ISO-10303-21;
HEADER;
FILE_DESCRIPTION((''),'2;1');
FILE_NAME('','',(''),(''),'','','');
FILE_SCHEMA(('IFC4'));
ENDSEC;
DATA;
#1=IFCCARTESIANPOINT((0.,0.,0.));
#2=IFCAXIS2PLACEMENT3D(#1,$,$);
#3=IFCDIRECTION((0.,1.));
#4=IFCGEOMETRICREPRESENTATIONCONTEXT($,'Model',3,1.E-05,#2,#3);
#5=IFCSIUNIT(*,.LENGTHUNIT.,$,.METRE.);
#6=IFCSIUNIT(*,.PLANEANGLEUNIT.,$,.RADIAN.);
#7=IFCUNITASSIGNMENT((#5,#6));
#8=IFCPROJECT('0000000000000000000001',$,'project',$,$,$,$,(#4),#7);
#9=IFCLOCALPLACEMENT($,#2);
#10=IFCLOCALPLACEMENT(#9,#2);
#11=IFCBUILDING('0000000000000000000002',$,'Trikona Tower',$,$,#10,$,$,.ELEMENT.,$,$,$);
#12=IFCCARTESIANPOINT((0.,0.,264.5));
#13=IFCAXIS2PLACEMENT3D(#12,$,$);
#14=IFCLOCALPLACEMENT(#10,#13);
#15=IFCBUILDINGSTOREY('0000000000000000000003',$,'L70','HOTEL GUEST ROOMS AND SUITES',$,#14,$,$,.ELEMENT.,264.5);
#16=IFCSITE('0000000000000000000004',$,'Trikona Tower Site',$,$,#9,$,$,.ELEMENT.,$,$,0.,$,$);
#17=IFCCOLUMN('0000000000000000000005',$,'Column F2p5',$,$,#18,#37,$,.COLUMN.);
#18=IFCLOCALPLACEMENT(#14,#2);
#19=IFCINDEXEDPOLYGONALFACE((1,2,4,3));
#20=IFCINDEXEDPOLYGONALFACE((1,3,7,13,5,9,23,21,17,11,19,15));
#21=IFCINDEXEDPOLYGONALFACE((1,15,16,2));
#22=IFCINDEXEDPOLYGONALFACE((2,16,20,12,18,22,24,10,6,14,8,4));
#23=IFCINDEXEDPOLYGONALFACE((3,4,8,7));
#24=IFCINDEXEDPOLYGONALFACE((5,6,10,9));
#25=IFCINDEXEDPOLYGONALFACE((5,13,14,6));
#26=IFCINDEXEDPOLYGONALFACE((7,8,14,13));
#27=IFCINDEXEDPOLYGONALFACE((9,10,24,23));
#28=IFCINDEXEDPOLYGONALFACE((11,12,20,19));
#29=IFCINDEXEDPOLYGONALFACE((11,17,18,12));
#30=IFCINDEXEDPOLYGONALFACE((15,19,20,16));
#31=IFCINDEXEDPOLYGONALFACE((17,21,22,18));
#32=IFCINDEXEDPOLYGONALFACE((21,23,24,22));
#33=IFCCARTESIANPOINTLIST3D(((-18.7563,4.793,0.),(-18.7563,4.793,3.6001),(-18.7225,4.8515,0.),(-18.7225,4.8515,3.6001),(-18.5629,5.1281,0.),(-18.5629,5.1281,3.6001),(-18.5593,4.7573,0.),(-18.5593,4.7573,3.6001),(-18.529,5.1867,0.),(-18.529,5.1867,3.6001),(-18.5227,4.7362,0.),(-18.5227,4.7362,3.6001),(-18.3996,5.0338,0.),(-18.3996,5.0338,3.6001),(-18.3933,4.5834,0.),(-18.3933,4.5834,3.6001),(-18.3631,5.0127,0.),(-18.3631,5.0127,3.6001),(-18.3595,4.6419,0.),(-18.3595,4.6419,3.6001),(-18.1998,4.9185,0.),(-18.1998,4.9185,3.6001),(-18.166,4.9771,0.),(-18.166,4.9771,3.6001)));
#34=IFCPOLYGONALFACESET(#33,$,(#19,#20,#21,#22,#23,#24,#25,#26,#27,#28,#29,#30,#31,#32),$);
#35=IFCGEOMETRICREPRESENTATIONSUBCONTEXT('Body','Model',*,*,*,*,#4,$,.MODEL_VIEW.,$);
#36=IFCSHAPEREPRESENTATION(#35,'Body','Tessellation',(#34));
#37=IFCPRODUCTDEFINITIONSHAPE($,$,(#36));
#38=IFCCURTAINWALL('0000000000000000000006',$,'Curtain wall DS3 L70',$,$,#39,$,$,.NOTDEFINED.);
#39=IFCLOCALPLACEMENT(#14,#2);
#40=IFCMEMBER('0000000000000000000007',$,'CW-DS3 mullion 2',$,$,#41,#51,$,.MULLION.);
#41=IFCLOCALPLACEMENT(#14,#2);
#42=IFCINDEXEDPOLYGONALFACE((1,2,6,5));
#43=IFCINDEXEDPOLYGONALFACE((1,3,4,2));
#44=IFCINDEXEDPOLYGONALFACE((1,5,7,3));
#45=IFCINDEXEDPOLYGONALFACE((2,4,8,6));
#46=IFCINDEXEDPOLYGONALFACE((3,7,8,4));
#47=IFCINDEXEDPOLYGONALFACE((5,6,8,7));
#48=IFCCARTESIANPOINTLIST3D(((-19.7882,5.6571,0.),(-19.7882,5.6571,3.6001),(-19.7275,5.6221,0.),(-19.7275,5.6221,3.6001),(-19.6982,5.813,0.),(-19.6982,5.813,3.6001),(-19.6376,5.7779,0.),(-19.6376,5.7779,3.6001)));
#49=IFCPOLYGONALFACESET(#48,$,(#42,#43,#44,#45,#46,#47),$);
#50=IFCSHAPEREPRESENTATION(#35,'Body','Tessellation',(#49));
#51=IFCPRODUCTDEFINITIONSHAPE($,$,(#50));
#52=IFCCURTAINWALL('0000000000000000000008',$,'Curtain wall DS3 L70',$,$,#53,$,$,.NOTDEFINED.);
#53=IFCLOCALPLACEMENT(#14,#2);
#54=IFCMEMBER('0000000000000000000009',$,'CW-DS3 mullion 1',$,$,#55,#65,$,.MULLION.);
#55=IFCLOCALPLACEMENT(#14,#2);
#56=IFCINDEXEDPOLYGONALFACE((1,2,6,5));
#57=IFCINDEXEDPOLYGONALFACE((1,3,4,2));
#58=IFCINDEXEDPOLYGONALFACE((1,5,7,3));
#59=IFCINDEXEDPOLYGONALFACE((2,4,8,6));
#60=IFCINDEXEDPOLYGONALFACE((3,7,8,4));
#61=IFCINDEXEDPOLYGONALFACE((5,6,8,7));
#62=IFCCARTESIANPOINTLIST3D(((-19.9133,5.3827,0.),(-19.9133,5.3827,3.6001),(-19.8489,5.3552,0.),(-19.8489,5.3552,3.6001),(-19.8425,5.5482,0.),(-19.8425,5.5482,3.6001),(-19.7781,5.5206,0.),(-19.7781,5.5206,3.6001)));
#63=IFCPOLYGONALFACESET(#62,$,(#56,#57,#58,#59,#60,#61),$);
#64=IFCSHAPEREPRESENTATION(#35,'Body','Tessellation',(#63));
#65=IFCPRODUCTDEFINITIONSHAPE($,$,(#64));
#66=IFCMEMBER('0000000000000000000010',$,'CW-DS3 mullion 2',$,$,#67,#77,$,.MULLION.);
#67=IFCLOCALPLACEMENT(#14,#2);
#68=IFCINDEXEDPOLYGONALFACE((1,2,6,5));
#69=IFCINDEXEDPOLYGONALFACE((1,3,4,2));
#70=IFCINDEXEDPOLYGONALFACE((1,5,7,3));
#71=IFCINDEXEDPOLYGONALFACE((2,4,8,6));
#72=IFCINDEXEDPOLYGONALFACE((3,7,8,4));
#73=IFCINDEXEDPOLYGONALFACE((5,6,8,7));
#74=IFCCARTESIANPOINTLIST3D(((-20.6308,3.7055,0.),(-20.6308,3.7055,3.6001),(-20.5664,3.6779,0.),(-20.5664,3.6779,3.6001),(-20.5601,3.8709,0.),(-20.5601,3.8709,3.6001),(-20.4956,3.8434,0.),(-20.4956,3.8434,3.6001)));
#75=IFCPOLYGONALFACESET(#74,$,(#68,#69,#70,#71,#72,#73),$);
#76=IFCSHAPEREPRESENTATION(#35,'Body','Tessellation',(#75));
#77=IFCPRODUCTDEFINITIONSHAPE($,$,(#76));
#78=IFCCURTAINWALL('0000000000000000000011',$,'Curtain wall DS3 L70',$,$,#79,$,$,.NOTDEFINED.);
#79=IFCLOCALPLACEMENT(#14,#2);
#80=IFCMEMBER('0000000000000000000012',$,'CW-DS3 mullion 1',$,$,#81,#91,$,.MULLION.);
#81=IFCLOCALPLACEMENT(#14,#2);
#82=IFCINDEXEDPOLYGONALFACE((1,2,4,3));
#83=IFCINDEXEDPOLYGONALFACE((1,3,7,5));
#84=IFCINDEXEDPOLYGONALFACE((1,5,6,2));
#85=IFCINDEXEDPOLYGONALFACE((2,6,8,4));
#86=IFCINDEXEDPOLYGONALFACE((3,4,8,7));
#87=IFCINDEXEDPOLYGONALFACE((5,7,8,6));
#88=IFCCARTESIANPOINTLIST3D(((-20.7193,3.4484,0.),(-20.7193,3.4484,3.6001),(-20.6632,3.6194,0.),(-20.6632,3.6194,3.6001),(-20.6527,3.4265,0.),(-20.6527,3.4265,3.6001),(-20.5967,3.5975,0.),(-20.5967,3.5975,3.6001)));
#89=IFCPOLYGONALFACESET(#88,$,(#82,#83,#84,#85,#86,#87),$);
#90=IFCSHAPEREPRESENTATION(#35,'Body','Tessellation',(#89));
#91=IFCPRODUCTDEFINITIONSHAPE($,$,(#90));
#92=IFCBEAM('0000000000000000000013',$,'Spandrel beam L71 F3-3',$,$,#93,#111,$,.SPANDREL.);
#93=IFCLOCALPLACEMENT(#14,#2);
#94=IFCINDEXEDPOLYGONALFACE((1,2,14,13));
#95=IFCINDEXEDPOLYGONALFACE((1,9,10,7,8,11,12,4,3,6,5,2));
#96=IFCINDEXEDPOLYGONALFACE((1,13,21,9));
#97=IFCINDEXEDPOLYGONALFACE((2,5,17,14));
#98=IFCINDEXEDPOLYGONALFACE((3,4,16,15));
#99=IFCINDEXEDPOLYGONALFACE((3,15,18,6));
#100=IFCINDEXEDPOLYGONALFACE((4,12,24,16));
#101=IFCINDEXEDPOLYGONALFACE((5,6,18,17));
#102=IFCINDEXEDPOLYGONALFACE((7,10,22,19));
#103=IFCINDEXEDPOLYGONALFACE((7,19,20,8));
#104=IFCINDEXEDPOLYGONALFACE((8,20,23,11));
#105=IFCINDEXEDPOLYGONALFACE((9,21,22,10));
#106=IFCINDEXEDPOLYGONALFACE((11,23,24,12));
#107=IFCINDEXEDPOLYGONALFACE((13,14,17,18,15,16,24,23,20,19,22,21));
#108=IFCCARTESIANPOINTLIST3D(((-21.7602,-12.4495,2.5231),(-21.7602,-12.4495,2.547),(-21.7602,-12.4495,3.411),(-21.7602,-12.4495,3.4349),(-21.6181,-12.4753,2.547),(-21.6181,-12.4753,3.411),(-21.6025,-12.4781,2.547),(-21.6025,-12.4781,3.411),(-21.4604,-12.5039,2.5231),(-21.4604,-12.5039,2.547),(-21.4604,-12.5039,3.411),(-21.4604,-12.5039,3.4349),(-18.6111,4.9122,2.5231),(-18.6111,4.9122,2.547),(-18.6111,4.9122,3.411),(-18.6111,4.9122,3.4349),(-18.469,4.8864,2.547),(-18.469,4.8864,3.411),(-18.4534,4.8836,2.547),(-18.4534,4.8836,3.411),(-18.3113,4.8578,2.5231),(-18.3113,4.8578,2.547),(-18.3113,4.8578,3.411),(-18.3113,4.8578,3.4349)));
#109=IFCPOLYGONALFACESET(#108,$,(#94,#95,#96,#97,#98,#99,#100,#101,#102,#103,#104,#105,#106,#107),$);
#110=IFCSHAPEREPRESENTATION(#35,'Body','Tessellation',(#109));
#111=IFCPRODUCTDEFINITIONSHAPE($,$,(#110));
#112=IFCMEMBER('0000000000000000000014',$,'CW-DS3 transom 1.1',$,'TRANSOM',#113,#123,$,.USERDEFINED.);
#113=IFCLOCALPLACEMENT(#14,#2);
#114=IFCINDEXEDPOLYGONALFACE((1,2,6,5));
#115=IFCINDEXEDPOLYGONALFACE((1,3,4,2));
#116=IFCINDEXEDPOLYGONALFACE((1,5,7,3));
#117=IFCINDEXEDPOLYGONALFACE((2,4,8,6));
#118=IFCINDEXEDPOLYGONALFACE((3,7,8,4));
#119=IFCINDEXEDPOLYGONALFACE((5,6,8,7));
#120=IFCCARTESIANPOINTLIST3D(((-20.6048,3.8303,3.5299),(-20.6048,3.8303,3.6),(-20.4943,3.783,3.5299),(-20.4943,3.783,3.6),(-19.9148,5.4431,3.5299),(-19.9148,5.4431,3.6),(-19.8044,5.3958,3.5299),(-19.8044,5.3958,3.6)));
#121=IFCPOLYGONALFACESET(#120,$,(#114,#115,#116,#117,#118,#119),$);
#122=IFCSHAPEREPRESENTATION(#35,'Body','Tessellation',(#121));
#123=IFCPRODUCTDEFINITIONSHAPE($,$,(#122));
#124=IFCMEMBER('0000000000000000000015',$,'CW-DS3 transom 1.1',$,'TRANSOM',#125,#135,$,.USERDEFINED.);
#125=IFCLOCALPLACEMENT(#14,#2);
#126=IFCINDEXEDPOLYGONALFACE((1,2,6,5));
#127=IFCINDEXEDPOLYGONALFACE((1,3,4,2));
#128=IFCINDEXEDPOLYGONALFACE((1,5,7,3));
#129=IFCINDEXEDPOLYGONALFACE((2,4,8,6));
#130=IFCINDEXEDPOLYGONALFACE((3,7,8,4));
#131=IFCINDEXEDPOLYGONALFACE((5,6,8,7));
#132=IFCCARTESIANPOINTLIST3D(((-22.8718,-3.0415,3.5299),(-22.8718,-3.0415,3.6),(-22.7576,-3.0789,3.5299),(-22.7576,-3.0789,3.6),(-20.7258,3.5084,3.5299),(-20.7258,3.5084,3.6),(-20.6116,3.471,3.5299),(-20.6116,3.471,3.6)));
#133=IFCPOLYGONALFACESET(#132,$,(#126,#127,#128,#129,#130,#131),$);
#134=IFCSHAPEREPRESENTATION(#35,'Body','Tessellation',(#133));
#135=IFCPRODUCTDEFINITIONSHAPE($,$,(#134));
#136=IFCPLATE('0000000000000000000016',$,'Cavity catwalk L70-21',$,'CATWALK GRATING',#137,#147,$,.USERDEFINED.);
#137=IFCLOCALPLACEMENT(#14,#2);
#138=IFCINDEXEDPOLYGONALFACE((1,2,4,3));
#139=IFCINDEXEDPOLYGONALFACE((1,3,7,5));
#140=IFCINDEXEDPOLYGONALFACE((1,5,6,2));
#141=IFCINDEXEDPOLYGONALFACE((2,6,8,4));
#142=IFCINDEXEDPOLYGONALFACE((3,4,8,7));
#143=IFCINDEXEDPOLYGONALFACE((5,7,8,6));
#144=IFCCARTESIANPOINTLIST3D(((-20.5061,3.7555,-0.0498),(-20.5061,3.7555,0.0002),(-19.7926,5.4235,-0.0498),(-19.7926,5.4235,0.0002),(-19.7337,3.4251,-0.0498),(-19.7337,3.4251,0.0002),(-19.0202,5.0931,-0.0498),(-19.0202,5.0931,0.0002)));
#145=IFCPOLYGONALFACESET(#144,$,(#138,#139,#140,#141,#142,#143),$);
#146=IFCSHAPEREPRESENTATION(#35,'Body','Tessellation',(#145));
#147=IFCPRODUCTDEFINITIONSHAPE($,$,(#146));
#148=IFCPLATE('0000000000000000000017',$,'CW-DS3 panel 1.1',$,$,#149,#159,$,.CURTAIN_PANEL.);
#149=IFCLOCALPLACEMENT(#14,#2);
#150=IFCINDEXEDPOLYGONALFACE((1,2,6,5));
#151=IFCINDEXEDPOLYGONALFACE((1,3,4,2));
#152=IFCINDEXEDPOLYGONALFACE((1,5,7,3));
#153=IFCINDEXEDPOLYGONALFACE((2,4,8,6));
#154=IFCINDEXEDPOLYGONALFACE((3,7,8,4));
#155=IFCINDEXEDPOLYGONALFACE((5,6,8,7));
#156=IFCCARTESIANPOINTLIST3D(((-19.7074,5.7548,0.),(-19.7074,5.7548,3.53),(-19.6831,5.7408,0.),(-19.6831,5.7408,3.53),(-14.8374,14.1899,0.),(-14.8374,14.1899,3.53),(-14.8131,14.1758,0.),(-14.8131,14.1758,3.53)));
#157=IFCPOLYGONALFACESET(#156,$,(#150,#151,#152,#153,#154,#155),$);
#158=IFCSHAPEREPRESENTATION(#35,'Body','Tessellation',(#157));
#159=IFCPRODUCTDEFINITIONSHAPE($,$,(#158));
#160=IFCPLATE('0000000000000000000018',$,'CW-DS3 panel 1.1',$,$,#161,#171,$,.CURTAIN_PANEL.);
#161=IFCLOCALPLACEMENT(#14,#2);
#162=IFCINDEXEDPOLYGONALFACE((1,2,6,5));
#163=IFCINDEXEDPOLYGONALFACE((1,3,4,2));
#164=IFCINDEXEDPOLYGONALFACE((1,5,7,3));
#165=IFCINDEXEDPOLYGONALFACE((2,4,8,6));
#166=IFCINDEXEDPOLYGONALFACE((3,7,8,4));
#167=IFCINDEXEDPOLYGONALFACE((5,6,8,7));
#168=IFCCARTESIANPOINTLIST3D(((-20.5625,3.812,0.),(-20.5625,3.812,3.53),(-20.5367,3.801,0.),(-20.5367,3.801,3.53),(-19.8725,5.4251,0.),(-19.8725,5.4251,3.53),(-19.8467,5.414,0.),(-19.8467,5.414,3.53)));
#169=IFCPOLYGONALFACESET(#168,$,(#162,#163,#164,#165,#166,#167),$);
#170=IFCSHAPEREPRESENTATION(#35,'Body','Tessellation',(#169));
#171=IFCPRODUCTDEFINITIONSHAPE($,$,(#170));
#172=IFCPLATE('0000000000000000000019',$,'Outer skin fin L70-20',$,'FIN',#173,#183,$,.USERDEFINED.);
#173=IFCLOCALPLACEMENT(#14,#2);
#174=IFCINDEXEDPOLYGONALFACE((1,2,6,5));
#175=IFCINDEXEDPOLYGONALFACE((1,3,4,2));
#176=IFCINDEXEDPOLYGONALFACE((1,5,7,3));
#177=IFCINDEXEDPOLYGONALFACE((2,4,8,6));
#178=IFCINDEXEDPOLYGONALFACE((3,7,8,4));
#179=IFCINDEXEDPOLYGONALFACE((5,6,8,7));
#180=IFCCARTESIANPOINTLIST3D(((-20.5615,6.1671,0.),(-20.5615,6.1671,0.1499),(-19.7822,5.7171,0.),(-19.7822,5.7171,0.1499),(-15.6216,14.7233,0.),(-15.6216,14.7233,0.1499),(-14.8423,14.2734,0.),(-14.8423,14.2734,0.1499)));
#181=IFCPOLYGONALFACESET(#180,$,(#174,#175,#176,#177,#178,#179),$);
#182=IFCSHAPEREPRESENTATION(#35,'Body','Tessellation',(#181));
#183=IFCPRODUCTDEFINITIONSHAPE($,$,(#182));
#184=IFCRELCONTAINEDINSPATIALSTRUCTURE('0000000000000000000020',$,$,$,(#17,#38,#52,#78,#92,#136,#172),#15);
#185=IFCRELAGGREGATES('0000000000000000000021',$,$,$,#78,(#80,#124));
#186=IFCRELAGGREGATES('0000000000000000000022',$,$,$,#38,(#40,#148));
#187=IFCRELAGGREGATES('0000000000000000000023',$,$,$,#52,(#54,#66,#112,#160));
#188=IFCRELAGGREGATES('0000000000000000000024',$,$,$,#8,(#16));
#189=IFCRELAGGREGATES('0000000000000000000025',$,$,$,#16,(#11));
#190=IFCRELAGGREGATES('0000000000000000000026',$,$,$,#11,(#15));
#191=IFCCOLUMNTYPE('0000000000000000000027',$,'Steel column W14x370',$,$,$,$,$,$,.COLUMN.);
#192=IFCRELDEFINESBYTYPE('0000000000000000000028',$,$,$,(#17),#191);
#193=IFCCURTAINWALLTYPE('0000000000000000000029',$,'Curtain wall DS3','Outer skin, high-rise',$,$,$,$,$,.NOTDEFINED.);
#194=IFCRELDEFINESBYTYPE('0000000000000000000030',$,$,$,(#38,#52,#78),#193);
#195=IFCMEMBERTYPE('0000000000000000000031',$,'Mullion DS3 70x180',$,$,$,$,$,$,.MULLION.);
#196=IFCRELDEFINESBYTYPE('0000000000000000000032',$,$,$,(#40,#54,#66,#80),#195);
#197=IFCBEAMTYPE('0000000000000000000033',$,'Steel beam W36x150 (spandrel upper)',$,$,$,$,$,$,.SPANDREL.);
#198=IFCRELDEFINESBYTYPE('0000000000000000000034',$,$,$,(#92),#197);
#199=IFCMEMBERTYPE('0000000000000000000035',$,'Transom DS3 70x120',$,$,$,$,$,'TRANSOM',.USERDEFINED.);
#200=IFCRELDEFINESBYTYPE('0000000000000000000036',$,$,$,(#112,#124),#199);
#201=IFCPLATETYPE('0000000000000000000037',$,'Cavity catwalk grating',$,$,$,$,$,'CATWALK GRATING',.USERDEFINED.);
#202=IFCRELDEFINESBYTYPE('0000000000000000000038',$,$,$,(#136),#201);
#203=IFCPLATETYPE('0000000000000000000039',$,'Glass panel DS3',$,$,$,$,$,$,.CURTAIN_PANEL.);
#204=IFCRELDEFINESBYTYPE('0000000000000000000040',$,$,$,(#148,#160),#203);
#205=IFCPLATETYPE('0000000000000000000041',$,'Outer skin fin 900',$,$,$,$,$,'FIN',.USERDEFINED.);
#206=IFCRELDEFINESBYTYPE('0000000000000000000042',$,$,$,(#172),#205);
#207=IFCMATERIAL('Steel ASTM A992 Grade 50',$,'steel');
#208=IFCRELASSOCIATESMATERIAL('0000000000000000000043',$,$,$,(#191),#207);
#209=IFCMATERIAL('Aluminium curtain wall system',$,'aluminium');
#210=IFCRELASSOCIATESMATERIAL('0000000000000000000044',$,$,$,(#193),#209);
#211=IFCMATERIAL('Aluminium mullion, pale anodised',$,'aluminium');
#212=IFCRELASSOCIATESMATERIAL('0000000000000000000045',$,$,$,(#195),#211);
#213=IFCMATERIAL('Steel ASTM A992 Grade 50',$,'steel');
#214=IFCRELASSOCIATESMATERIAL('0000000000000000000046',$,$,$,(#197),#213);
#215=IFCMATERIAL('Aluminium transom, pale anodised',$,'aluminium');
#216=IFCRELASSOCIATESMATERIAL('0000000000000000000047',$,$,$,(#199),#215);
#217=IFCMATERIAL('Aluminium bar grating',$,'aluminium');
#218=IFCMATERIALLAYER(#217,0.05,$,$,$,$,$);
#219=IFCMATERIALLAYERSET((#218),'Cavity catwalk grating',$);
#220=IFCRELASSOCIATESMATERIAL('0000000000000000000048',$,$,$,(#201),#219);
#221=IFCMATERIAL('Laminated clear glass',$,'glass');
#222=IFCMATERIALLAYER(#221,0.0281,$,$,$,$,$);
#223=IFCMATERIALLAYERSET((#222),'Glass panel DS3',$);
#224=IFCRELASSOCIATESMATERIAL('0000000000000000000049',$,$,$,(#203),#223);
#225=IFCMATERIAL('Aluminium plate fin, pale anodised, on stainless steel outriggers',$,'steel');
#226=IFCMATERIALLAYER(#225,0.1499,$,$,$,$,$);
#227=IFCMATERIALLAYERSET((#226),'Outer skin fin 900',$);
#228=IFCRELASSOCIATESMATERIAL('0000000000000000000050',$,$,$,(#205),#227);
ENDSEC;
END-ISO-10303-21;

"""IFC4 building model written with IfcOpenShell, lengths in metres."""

from ifc_helpers import new_model, si_unit, direction, frame, origin, origin_2d, place, context, subcontext, project, spatial, rectangle, i_section, extrude, material, layer, layer_set, material_profile, profile_set, type_object, element, aggregate, save


model = new_model("IFC4")

# Units and contexts
model_context = context("Model", 3, precision=1e-05, world=origin(), true_north=direction((0.0, 1.0)))
body_context = subcontext(model_context, "Body", "Model", "MODEL_VIEW")
ifc_project = project(units=[si_unit("LENGTHUNIT", "METRE"), si_unit("PLANEANGLEUNIT", "RADIAN")], contexts=[model_context])

# Site, building, storey
site_placement = place(None, origin())
site = spatial("IfcSite", under=ifc_project, at=site_placement, Name="Trikona Tower Site", CompositionType="ELEMENT", RefElevation=0.0)
building_placement = place(site_placement, origin())
building = spatial("IfcBuilding", under=site, at=building_placement, Name="Trikona Tower", CompositionType="ELEMENT")
storey_placement = place(building_placement, frame((0.0, 0.0, 264.5)))
storey = spatial("IfcBuildingStorey", under=building, at=storey_placement, Name="L70", Description="HOTEL GUEST ROOMS AND SUITES", CompositionType="ELEMENT", Elevation=264.5)

# Column
ifc_material_1 = material(Name="Steel ASTM A992 Grade 50", Category="steel")
ifc_material_profile_1 = material_profile(ifc_material_1, i_section(OverallWidth=0.4192, OverallDepth=0.4546, WebThickness=0.0422, FlangeThickness=0.0676, at=origin_2d()), Name="W14X370")
ifc_profile_set_1 = profile_set([ifc_material_profile_1], Name="Steel ASTM A992 Grade 50")
column_type = type_object("IfcColumnType", Name="Steel column W14x370", PredefinedType="COLUMN", material=ifc_profile_set_1)
column_placement = place(storey_placement, frame((-18.4612, 4.885, 0.0), z_axis=(0.0, 0.0, 1.0), x_axis=(-0.866025, 0.5, 0.0)))
element("IfcColumn", 1, at=column_placement, inside=storey, type_object=column_type, Name="Column F2p5", PredefinedType="COLUMN", context=body_context, shape_type="SweptSolid", body=[
    extrude(i_section(OverallWidth=0.4192, OverallDepth=0.4546, WebThickness=0.0422, FlangeThickness=0.0676, at=origin_2d()), origin(), (0.0, 0.0, 1.0), 3.6001),
])

# Curtain wall, member
ifc_material_2 = material(Name="Aluminium curtain wall system", Category="aluminium")
curtain_wall_type = type_object("IfcCurtainWallType", Name="Curtain wall DS3", Description="Outer skin, high-rise", PredefinedType="NOTDEFINED", material=ifc_material_2)
curtain_wall_1_placement = place(storey_placement, origin())
curtain_wall_1 = element("IfcCurtainWall", 2, at=curtain_wall_1_placement, inside=storey, type_object=curtain_wall_type, Name="Curtain wall DS3 L70", PredefinedType="NOTDEFINED")
ifc_material_3 = material(Name="Aluminium mullion, pale anodised", Category="aluminium")
ifc_material_profile_2 = material_profile(ifc_material_3, rectangle(XDim=0.0701, YDim=0.1799, at=origin_2d()), Name="MUL-DS3")
ifc_profile_set_2 = profile_set([ifc_material_profile_2], Name="Aluminium mullion, pale anodised")
member_type_1 = type_object("IfcMemberType", Name="Mullion DS3 70x180", PredefinedType="MULLION", material=ifc_profile_set_2)
member_1_placement = place(storey_placement, frame((-19.7129, 5.7175, 0.0), z_axis=(0.0, 0.0, 1.0), x_axis=(0.866025, -0.500001, 0.0)))
member_1 = element("IfcMember", 3, at=member_1_placement, type_object=member_type_1, Name="CW-DS3 mullion 2", PredefinedType="MULLION", context=body_context, shape_type="SweptSolid", body=[
    extrude(rectangle(XDim=0.0701, YDim=0.1799, at=origin_2d()), origin(), (0.0, 0.0, 1.0), 3.6001),
])

# Curtain wall, members
curtain_wall_2_placement = place(storey_placement, origin())
curtain_wall_2 = element("IfcCurtainWall", 4, at=curtain_wall_2_placement, inside=storey, type_object=curtain_wall_type, Name="Curtain wall DS3 L70", PredefinedType="NOTDEFINED")
member_2_placement = place(storey_placement, frame((-19.8457, 5.4517, 0.0), z_axis=(0.0, 0.0, 1.0), x_axis=(0.919421, -0.393276, 0.0)))
member_2 = element("IfcMember", 5, at=member_2_placement, type_object=member_type_1, Name="CW-DS3 mullion 1", PredefinedType="MULLION", context=body_context, shape_type="SweptSolid", body=[
    extrude(rectangle(XDim=0.0701, YDim=0.1799, at=origin_2d()), origin(), (0.0, 0.0, 1.0), 3.6001),
])
member_3_placement = place(storey_placement, frame((-20.5632, 3.7744, 0.0), z_axis=(0.0, 0.0, 1.0), x_axis=(0.919421, -0.393276, 0.0)))
member_3 = element("IfcMember", 6, at=member_3_placement, type_object=member_type_1, Name="CW-DS3 mullion 2", PredefinedType="MULLION", context=body_context, shape_type="SweptSolid", body=[
    extrude(rectangle(XDim=0.0701, YDim=0.1799, at=origin_2d()), origin(), (0.0, 0.0, 1.0), 3.6001),
])

# Curtain wall, member
curtain_wall_3_placement = place(storey_placement, origin())
curtain_wall_3 = element("IfcCurtainWall", 7, at=curtain_wall_3_placement, inside=storey, type_object=curtain_wall_type, Name="Curtain wall DS3 L70", PredefinedType="NOTDEFINED")
member_4_placement = place(storey_placement, frame((-20.658, 3.5229, 0.0), z_axis=(0.0, 0.0, 1.0), x_axis=(0.950297, -0.311344, 0.0)))
member_4 = element("IfcMember", 8, at=member_4_placement, type_object=member_type_1, Name="CW-DS3 mullion 1", PredefinedType="MULLION", context=body_context, shape_type="SweptSolid", body=[
    extrude(rectangle(XDim=0.0701, YDim=0.1799, at=origin_2d()), origin(), (0.0, 0.0, 1.0), 3.6001),
])

# Beam
ifc_material_4 = material(Name="Steel ASTM A992 Grade 50", Category="steel")
ifc_material_profile_3 = material_profile(ifc_material_4, i_section(OverallWidth=0.3047, OverallDepth=0.9119, WebThickness=0.0159, FlangeThickness=0.0239, at=origin_2d()), Name="W36X150")
ifc_profile_set_3 = profile_set([ifc_material_profile_3], Name="Steel ASTM A992 Grade 50")
beam_type = type_object("IfcBeamType", Name="Steel beam W36x150 (spandrel upper)", PredefinedType="SPANDREL", material=ifc_profile_set_3)
beam_placement = place(storey_placement, frame((-18.4612, 4.885, 2.979), z_axis=(-0.178473, -0.983945, 0.0), x_axis=(0.983945, -0.178473, 0.0)))
element("IfcBeam", 9, at=beam_placement, inside=storey, type_object=beam_type, Name="Spandrel beam L71 F3-3", PredefinedType="SPANDREL", context=body_context, shape_type="SweptSolid", body=[
    extrude(i_section(OverallWidth=0.3047, OverallDepth=0.9119, WebThickness=0.0159, FlangeThickness=0.0239, at=origin_2d()), origin(), (0.0, 0.0, 1.0), 17.645),
])

# Members
ifc_material_5 = material(Name="Aluminium transom, pale anodised", Category="aluminium")
ifc_material_profile_4 = material_profile(ifc_material_5, rectangle(XDim=0.1201, YDim=0.0701, at=origin_2d()), Name="TRN-DS3")
ifc_profile_set_4 = profile_set([ifc_material_profile_4], Name="Aluminium transom, pale anodised")
member_type_2 = type_object("IfcMemberType", Name="Transom DS3 70x120", ElementType="TRANSOM", PredefinedType="USERDEFINED", material=ifc_profile_set_4)
member_5_placement = place(storey_placement, frame((-19.8596, 5.4194, 3.5649), z_axis=(-0.393315, -0.919404, 0.0), x_axis=(0.919404, -0.393315, 0.0)))
member_5 = element("IfcMember", 10, at=member_5_placement, type_object=member_type_2, Name="CW-DS3 transom 1.1", ObjectType="TRANSOM", PredefinedType="USERDEFINED", context=body_context, shape_type="SweptSolid", body=[
    extrude(rectangle(XDim=0.1201, YDim=0.0701, at=origin_2d()), origin(), (0.0, 0.0, 1.0), 1.7542),
])
member_6_placement = place(storey_placement, frame((-20.6687, 3.4897, 3.5649), z_axis=(-0.311346, -0.950297, 0.0), x_axis=(0.950297, -0.311346, 0.0)))
member_6 = element("IfcMember", 11, at=member_6_placement, type_object=member_type_2, Name="CW-DS3 transom 1.1", ObjectType="TRANSOM", PredefinedType="USERDEFINED", context=body_context, shape_type="SweptSolid", body=[
    extrude(rectangle(XDim=0.1201, YDim=0.0701, at=origin_2d()), origin(), (0.0, 0.0, 1.0), 6.8926),
])
aggregate(curtain_wall_3, [member_4, member_6])

# Plates
ifc_material_6 = material(Name="Aluminium bar grating", Category="aluminium")
ifc_layer_1 = layer(ifc_material_6, 0.05)
ifc_layer_set_1 = layer_set([ifc_layer_1], Name="Cavity catwalk grating")
plate_type_1 = type_object("IfcPlateType", Name="Cavity catwalk grating", ElementType="CATWALK GRATING", PredefinedType="USERDEFINED", material=ifc_layer_set_1)
plate_1_placement = place(storey_placement, frame((-19.7632, 4.4243, -0.0498), z_axis=(0.0, 0.0, 1.0), x_axis=(-0.393284, -0.919417, 0.0)))
element("IfcPlate", 12, at=plate_1_placement, inside=storey, type_object=plate_type_1, Name="Cavity catwalk L70-21", ObjectType="CATWALK GRATING", PredefinedType="USERDEFINED", context=body_context, shape_type="SweptSolid", body=[
    extrude(rectangle(XDim=1.8142, YDim=0.8401, at=origin_2d()), origin(), (0.0, 0.0, 1.0), 0.05),
])
ifc_material_7 = material(Name="Laminated clear glass", Category="glass")
ifc_layer_2 = layer(ifc_material_7, 0.0281)
ifc_layer_set_2 = layer_set([ifc_layer_2], Name="Glass panel DS3")
plate_type_2 = type_object("IfcPlateType", Name="Glass panel DS3", PredefinedType="CURTAIN_PANEL", material=ifc_layer_set_2)
plate_2_placement = place(storey_placement, frame((-17.2603, 9.9653, 0.0), z_axis=(0.0, 0.0, 1.0), x_axis=(-0.500001, -0.866025, 0.0)))
plate_2 = element("IfcPlate", 13, at=plate_2_placement, type_object=plate_type_2, Name="CW-DS3 panel 1.1", PredefinedType="CURTAIN_PANEL", context=body_context, shape_type="SweptSolid", body=[
    extrude(rectangle(XDim=9.74, YDim=0.0281, at=origin_2d()), origin(), (0.0, 0.0, 1.0), 3.53),
])
aggregate(curtain_wall_1, [member_1, plate_2])
plate_3_placement = place(storey_placement, frame((-20.2046, 4.613, 0.0), z_axis=(0.0, 0.0, 1.0), x_axis=(-0.393276, -0.919421, 0.0)))
plate_3 = element("IfcPlate", 14, at=plate_3_placement, type_object=plate_type_2, Name="CW-DS3 panel 1.1", PredefinedType="CURTAIN_PANEL", context=body_context, shape_type="SweptSolid", body=[
    extrude(rectangle(XDim=1.7544, YDim=0.0281, at=origin_2d()), origin(), (0.0, 0.0, 1.0), 3.53),
])
aggregate(curtain_wall_2, [member_2, member_3, member_5, plate_3])

# Plate
ifc_material_8 = material(Name="Aluminium plate fin, pale anodised, on stainless steel outriggers", Category="steel")
ifc_layer_3 = layer(ifc_material_8, 0.1499)
ifc_layer_set_3 = layer_set([ifc_layer_3], Name="Outer skin fin 900")
plate_type_3 = type_object("IfcPlateType", Name="Outer skin fin 900", ElementType="FIN", PredefinedType="USERDEFINED", material=ifc_layer_set_3)
plate_4_placement = place(storey_placement, frame((-17.7019, 10.2202, 0.0), z_axis=(0.0, 0.0, 1.0), x_axis=(-0.499998, -0.866026, 0.0)))
element("IfcPlate", 15, at=plate_4_placement, inside=storey, type_object=plate_type_3, Name="Outer skin fin L70-20", ObjectType="FIN", PredefinedType="USERDEFINED", context=body_context, shape_type="SweptSolid", body=[
    extrude(rectangle(XDim=9.8799, YDim=0.8999, at=origin_2d()), origin(), (0.0, 0.0, 1.0), 0.1499),
])

save(model, "model.ifc")
